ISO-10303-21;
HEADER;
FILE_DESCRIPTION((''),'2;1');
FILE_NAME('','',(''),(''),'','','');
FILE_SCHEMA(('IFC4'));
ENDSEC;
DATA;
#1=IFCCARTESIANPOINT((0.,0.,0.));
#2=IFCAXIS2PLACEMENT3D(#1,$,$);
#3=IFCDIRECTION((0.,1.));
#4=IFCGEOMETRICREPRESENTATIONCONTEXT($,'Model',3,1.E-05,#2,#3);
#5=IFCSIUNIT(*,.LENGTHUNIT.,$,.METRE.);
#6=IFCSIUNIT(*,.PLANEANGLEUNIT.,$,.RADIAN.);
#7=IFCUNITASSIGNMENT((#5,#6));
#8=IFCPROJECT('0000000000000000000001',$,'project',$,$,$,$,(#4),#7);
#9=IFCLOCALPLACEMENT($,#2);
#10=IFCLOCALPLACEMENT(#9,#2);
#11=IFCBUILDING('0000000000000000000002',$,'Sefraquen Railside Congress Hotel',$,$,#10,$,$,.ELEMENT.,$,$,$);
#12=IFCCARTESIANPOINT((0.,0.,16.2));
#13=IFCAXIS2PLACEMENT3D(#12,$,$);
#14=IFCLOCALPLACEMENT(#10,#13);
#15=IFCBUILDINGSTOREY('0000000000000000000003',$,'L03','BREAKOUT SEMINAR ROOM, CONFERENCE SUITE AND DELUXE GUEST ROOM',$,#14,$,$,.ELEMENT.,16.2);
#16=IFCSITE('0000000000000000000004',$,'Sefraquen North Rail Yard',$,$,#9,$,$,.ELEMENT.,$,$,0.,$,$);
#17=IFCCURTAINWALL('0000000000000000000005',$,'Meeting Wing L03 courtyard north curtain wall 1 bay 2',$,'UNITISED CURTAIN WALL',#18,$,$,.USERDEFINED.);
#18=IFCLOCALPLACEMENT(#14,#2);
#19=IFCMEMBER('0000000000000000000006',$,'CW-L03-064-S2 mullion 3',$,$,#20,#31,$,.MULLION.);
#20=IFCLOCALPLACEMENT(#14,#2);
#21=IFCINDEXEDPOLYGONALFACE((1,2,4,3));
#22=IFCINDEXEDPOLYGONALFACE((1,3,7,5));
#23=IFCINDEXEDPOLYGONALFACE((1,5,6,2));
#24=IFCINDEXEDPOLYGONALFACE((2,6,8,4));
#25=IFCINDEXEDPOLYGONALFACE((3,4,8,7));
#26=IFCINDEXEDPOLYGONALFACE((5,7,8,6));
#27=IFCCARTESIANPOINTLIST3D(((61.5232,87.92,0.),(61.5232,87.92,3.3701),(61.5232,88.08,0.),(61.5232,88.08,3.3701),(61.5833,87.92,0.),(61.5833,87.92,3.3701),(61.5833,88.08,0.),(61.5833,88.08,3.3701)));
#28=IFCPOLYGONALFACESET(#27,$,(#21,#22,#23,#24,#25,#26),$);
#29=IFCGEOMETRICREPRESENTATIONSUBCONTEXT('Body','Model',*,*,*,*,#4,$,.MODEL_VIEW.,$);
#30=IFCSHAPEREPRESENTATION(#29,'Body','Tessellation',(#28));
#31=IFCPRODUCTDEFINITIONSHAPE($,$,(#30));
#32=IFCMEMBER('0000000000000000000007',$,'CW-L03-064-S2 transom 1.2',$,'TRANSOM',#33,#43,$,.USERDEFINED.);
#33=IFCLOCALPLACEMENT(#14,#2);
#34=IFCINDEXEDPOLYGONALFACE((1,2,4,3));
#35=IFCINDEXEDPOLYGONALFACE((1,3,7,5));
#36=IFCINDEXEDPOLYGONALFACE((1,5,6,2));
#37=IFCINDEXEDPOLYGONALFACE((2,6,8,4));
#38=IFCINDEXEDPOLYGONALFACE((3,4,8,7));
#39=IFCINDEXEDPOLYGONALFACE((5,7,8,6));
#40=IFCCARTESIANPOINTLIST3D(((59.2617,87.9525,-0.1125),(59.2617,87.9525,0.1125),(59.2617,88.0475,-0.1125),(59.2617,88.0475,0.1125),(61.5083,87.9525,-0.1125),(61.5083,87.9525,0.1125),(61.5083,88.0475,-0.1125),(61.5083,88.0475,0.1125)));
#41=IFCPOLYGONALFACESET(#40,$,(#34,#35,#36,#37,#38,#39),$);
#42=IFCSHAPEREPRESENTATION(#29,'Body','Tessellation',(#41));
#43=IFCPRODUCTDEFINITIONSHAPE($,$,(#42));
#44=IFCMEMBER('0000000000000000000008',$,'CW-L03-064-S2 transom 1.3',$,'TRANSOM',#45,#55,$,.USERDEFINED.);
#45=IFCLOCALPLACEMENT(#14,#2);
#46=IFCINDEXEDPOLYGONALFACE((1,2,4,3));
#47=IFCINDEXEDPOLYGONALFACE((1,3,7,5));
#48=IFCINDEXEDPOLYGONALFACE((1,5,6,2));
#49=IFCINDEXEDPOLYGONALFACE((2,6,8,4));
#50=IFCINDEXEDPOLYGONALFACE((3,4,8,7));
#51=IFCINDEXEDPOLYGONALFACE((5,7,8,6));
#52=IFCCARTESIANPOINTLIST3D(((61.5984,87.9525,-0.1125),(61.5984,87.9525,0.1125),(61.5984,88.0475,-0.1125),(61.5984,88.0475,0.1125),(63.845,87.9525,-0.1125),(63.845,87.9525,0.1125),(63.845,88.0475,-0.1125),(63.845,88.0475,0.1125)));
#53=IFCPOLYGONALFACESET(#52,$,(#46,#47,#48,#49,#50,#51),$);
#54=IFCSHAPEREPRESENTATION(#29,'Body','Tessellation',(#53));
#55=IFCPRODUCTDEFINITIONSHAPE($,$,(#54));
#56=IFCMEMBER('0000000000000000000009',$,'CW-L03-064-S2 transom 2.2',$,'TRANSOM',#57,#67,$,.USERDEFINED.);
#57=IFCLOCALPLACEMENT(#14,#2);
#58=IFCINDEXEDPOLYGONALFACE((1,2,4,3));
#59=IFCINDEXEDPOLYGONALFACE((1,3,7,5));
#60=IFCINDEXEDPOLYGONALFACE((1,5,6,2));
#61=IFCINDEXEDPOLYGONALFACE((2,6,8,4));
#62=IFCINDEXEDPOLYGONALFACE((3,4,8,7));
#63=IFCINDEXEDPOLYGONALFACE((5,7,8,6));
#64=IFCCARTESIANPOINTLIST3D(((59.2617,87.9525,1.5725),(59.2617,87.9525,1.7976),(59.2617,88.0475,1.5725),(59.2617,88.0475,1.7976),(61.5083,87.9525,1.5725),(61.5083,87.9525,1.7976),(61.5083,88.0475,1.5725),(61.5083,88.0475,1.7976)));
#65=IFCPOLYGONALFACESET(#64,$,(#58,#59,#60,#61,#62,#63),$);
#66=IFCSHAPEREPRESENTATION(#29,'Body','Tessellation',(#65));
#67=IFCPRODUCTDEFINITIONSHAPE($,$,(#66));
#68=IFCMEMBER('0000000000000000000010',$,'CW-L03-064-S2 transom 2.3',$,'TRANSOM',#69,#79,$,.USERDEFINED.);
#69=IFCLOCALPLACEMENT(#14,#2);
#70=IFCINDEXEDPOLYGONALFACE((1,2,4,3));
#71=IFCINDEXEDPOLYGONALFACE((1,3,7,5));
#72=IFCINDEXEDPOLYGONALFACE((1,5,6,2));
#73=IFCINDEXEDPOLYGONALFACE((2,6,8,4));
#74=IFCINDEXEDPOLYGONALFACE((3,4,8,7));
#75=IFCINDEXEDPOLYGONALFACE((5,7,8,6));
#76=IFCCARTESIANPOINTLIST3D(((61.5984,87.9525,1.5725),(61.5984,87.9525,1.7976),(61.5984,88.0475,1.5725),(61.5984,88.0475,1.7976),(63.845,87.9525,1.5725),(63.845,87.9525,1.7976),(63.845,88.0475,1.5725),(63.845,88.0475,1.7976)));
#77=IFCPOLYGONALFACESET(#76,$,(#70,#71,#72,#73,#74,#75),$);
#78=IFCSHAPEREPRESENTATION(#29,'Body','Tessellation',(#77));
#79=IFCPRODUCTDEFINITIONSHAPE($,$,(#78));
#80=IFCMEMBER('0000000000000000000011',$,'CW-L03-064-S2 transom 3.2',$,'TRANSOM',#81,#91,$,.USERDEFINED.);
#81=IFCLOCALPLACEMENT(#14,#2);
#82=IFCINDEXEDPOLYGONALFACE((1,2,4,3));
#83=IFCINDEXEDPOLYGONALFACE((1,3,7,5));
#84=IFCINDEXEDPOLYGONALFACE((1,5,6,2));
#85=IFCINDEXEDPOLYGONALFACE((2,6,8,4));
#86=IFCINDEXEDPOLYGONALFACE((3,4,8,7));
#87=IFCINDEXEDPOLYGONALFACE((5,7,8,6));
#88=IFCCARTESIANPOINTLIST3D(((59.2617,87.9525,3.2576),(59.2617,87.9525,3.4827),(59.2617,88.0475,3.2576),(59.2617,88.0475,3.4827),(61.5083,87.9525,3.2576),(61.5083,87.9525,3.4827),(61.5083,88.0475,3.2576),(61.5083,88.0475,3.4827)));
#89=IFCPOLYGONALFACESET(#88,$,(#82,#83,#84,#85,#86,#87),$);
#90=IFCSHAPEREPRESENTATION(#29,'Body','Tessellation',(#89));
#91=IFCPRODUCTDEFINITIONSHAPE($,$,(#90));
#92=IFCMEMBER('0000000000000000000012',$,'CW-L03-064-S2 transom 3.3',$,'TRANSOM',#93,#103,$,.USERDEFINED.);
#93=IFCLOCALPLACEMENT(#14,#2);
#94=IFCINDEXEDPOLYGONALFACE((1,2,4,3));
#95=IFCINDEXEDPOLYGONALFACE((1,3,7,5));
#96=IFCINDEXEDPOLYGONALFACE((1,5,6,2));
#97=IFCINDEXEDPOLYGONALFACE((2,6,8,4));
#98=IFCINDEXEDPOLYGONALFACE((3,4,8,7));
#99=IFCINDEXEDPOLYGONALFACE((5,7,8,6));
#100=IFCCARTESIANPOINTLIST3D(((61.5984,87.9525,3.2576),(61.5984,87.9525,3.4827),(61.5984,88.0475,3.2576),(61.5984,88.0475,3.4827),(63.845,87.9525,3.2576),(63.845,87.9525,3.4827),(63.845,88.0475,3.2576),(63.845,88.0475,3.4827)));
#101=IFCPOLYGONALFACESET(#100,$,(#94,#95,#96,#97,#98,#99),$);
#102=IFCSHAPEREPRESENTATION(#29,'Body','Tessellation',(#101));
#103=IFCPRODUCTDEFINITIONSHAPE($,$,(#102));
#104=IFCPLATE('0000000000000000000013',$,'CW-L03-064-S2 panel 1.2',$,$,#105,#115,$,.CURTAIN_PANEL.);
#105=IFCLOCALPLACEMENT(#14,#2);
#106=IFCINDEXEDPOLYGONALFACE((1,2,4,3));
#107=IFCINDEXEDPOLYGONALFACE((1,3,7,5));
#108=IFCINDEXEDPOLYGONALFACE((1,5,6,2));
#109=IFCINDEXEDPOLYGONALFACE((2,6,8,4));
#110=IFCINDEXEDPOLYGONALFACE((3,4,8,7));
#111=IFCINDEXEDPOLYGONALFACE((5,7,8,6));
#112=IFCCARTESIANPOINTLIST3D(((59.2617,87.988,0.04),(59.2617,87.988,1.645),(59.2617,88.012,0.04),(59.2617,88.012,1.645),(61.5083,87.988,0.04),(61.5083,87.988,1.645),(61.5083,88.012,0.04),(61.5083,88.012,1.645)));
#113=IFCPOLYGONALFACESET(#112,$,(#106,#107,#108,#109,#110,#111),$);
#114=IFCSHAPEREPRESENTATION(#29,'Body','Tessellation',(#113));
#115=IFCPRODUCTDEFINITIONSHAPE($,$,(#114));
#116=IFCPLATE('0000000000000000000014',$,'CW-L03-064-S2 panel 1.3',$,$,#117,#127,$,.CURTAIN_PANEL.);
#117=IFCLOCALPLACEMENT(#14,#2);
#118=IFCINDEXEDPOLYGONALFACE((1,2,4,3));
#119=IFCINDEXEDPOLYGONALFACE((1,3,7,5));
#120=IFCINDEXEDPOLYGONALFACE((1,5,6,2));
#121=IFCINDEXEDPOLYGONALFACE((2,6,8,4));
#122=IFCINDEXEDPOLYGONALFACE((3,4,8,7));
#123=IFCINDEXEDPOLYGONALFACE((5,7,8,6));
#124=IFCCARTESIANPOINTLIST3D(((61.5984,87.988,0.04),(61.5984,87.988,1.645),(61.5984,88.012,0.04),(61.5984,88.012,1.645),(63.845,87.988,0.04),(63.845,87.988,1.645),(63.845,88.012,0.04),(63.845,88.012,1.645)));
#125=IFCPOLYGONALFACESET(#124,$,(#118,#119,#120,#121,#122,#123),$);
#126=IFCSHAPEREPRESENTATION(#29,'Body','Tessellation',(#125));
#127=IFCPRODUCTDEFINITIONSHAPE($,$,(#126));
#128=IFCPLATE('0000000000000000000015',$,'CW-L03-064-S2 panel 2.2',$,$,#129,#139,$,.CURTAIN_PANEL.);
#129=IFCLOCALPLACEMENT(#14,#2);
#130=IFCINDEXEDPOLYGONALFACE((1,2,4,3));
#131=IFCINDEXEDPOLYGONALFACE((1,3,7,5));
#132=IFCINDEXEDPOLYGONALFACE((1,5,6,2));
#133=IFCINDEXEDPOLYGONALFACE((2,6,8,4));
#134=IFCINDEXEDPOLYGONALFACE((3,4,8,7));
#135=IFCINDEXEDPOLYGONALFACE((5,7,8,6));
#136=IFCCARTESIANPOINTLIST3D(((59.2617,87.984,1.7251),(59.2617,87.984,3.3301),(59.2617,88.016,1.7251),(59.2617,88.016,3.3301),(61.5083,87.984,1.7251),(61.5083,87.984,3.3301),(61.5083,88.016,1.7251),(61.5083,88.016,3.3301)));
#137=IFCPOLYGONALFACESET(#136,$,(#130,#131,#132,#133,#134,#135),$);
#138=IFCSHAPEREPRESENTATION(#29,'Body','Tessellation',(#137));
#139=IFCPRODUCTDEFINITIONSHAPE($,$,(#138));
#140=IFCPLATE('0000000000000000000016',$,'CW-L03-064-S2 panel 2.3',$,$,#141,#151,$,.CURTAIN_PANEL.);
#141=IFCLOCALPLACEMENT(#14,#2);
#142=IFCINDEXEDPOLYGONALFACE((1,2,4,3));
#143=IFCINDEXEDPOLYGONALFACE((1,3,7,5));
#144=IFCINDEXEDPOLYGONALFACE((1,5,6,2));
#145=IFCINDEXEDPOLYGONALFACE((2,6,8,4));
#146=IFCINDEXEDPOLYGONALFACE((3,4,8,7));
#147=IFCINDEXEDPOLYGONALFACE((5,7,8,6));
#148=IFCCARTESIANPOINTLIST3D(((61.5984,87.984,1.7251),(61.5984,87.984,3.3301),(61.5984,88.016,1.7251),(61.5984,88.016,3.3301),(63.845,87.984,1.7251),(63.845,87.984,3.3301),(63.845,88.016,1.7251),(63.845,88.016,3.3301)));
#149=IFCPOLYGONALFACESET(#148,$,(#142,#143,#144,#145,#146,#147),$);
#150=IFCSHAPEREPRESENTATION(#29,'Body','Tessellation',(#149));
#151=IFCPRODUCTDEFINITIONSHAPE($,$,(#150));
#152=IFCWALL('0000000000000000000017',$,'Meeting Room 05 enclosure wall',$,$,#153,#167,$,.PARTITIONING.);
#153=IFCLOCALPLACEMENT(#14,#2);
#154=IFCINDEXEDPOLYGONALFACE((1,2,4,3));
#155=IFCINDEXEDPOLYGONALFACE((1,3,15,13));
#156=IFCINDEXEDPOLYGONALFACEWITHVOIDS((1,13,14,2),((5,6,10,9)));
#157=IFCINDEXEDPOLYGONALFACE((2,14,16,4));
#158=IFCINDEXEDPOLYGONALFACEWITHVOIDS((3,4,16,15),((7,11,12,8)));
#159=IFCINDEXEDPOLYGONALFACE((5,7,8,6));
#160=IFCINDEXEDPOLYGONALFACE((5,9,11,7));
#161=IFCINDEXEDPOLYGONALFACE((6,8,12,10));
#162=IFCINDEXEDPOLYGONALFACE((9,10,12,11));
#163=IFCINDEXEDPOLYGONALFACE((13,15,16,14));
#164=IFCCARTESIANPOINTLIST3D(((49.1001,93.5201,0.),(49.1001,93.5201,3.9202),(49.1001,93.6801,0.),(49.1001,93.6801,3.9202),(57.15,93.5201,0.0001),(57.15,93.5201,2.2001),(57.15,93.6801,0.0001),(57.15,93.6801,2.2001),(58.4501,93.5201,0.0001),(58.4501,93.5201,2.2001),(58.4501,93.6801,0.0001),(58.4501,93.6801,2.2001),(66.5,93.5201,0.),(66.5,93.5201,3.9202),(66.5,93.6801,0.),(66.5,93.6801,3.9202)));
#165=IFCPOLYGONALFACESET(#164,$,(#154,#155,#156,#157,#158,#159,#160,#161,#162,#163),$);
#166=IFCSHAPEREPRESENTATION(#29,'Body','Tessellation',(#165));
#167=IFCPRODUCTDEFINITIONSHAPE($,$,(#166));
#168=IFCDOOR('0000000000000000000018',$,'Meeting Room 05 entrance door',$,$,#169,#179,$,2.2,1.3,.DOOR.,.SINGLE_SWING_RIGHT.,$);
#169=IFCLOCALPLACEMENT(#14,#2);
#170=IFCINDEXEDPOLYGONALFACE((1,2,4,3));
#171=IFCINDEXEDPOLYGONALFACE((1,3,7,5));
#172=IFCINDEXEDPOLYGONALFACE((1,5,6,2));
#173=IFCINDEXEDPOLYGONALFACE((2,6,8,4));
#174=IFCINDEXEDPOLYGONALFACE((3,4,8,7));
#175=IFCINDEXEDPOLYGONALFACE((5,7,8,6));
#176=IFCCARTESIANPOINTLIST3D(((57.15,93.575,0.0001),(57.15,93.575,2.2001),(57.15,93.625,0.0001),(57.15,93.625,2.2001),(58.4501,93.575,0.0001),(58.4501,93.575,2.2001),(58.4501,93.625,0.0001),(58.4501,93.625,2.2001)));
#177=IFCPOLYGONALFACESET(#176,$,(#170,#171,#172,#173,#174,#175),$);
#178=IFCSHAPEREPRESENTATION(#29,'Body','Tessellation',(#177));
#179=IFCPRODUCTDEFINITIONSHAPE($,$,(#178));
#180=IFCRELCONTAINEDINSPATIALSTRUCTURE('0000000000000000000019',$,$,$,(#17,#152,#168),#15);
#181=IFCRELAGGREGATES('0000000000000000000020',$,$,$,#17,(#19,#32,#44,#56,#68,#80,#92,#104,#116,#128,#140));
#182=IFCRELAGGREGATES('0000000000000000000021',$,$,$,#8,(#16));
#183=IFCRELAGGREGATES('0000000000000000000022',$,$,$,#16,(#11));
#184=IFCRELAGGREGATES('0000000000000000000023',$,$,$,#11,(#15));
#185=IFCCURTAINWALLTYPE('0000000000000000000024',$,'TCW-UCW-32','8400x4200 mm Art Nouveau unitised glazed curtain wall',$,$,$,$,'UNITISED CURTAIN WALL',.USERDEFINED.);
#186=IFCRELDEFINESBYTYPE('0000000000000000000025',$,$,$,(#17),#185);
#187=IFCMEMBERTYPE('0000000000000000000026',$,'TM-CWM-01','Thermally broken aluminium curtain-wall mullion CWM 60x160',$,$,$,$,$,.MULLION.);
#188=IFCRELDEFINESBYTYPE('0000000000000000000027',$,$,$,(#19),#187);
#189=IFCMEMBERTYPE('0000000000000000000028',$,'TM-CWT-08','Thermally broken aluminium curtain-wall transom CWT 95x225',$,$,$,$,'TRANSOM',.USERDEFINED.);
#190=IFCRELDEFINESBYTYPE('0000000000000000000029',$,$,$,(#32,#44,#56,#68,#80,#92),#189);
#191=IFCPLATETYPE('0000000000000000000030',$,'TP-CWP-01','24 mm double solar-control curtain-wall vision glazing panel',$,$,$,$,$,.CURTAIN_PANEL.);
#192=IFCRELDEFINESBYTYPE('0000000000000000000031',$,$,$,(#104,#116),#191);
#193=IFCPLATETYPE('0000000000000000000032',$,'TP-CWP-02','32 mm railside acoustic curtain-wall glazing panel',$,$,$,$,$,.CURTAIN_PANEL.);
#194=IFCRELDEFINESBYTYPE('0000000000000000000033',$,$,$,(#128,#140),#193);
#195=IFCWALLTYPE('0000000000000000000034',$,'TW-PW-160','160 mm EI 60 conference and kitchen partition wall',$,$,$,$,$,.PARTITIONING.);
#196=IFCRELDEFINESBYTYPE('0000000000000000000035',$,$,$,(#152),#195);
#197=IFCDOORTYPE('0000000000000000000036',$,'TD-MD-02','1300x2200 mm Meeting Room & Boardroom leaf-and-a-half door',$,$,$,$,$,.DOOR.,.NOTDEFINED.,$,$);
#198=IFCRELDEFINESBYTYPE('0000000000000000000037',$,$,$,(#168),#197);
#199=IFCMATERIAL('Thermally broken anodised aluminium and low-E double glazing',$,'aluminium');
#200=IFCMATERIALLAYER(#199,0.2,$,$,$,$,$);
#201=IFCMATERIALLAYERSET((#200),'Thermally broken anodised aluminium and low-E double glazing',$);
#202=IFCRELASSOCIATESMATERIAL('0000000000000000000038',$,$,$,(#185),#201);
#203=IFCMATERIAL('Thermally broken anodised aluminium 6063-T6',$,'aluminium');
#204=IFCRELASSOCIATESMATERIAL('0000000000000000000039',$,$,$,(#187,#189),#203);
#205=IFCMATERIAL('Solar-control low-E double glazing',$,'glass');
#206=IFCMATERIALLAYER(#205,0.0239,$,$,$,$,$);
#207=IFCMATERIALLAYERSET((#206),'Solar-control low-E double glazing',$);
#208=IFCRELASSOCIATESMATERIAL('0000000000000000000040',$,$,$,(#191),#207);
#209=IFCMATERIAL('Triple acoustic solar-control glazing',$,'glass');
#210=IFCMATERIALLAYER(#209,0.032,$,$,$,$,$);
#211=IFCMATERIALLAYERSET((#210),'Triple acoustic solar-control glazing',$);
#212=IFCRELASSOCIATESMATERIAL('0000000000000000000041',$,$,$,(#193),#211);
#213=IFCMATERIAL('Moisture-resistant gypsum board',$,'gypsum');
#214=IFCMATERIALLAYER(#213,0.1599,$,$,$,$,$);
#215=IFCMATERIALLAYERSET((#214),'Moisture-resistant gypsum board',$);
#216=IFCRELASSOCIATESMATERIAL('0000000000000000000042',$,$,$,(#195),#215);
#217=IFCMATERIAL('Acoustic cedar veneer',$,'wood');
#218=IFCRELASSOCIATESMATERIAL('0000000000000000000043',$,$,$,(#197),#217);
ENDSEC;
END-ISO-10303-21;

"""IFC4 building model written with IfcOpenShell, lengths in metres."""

from ifc_helpers import new_model, si_unit, direction, frame, frame_2d, origin, origin_2d, place, context, subcontext, project, spatial, rectangle, extrude, material, layer, layer_set, material_profile, profile_set, type_object, element, fill, aggregate, save


model = new_model("IFC4")

# Units and contexts
model_context = context("Model", 3, precision=1e-05, world=origin(), true_north=direction((0.0, 1.0)))
body_context = subcontext(model_context, "Body", "Model", "MODEL_VIEW")
ifc_project = project(units=[si_unit("LENGTHUNIT", "METRE"), si_unit("PLANEANGLEUNIT", "RADIAN")], contexts=[model_context])

# Site, building, storey
site_placement = place(None, origin())
site = spatial("IfcSite", under=ifc_project, at=site_placement, Name="Sefraquen North Rail Yard", CompositionType="ELEMENT", RefElevation=0.0)
building_placement = place(site_placement, origin())
building = spatial("IfcBuilding", under=site, at=building_placement, Name="Sefraquen Railside Congress Hotel", CompositionType="ELEMENT")
storey_placement = place(building_placement, frame((0.0, 0.0, 16.2)))
storey = spatial("IfcBuildingStorey", under=building, at=storey_placement, Name="L03", Description="BREAKOUT SEMINAR ROOM, CONFERENCE SUITE AND DELUXE GUEST ROOM", CompositionType="ELEMENT", Elevation=16.2)

# Curtain wall, members, plates
ifc_material_1 = material(Name="Thermally broken anodised aluminium and low-E double glazing", Category="aluminium")
ifc_layer_1 = layer(ifc_material_1, 0.2)
ifc_layer_set_1 = layer_set([ifc_layer_1], Name="Thermally broken anodised aluminium and low-E double glazing")
curtain_wall_type = type_object("IfcCurtainWallType", Name="TCW-UCW-32", Description="8400x4200 mm Art Nouveau unitised glazed curtain wall", ElementType="UNITISED CURTAIN WALL", PredefinedType="USERDEFINED", material=ifc_layer_set_1)
curtain_wall_placement = place(storey_placement, origin())
curtain_wall = element("IfcCurtainWall", 1, at=curtain_wall_placement, inside=storey, type_object=curtain_wall_type, Name="Meeting Wing L03 courtyard north curtain wall 1 bay 2", ObjectType="UNITISED CURTAIN WALL", PredefinedType="USERDEFINED")
ifc_material_2 = material(Name="Thermally broken anodised aluminium 6063-T6", Category="aluminium")
ifc_material_profile_1 = material_profile(ifc_material_2, rectangle(XDim=0.0601, YDim=0.1599, at=origin_2d()), Name="CWM 60x160")
ifc_profile_set_1 = profile_set([ifc_material_profile_1], Name="Thermally broken anodised aluminium 6063-T6")
member_type_1 = type_object("IfcMemberType", Name="TM-CWM-01", Description="Thermally broken aluminium curtain-wall mullion CWM 60x160", PredefinedType="MULLION", material=ifc_profile_set_1)
member_1_placement = place(storey_placement, frame((61.5532, 88.0, 0.0), z_axis=(0.0, 0.0, 1.0), x_axis=(1.0, 0.0, 0.0)))
member_1 = element("IfcMember", 2, at=member_1_placement, type_object=member_type_1, Name="CW-L03-064-S2 mullion 3", PredefinedType="MULLION", context=body_context, shape_type="SweptSolid", body=[
    extrude(rectangle(XDim=0.0601, YDim=0.1599, at=origin_2d()), origin(), (0.0, 0.0, 1.0), 3.3701),
])
ifc_material_profile_2 = material_profile(ifc_material_2, rectangle(XDim=0.095, YDim=0.2251, at=origin_2d()), Name="CWT 95x225")
ifc_profile_set_2 = profile_set([ifc_material_profile_2], Name="Thermally broken anodised aluminium 6063-T6")
member_type_2 = type_object("IfcMemberType", Name="TM-CWT-08", Description="Thermally broken aluminium curtain-wall transom CWT 95x225", ElementType="TRANSOM", PredefinedType="USERDEFINED", material=ifc_profile_set_2)
member_2_placement = place(storey_placement, frame((59.2617, 88.0, 0.0), z_axis=(1.0, 0.0, 0.0), x_axis=(0.0, 1.0, 0.0)))
member_2 = element("IfcMember", 3, at=member_2_placement, type_object=member_type_2, Name="CW-L03-064-S2 transom 1.2", ObjectType="TRANSOM", PredefinedType="USERDEFINED", context=body_context, shape_type="SweptSolid", body=[
    extrude(rectangle(XDim=0.095, YDim=0.2251, at=origin_2d()), origin(), (0.0, 0.0, 1.0), 2.2466),
])
member_3_placement = place(storey_placement, frame((61.5984, 88.0, 0.0), z_axis=(1.0, 0.0, 0.0), x_axis=(0.0, 1.0, 0.0)))
member_3 = element("IfcMember", 4, at=member_3_placement, type_object=member_type_2, Name="CW-L03-064-S2 transom 1.3", ObjectType="TRANSOM", PredefinedType="USERDEFINED", context=body_context, shape_type="SweptSolid", body=[
    extrude(rectangle(XDim=0.095, YDim=0.2251, at=origin_2d()), origin(), (0.0, 0.0, 1.0), 2.2466),
])
member_4_placement = place(storey_placement, frame((59.2617, 88.0, 1.6851), z_axis=(1.0, 0.0, 0.0), x_axis=(0.0, 1.0, 0.0)))
member_4 = element("IfcMember", 5, at=member_4_placement, type_object=member_type_2, Name="CW-L03-064-S2 transom 2.2", ObjectType="TRANSOM", PredefinedType="USERDEFINED", context=body_context, shape_type="SweptSolid", body=[
    extrude(rectangle(XDim=0.095, YDim=0.2251, at=origin_2d()), origin(), (0.0, 0.0, 1.0), 2.2466),
])
member_5_placement = place(storey_placement, frame((61.5984, 88.0, 1.6851), z_axis=(1.0, 0.0, 0.0), x_axis=(0.0, 1.0, 0.0)))
member_5 = element("IfcMember", 6, at=member_5_placement, type_object=member_type_2, Name="CW-L03-064-S2 transom 2.3", ObjectType="TRANSOM", PredefinedType="USERDEFINED", context=body_context, shape_type="SweptSolid", body=[
    extrude(rectangle(XDim=0.095, YDim=0.2251, at=origin_2d()), origin(), (0.0, 0.0, 1.0), 2.2466),
])
member_6_placement = place(storey_placement, frame((59.2617, 88.0, 3.3701), z_axis=(1.0, 0.0, 0.0), x_axis=(0.0, 1.0, 0.0)))
member_6 = element("IfcMember", 7, at=member_6_placement, type_object=member_type_2, Name="CW-L03-064-S2 transom 3.2", ObjectType="TRANSOM", PredefinedType="USERDEFINED", context=body_context, shape_type="SweptSolid", body=[
    extrude(rectangle(XDim=0.095, YDim=0.2251, at=origin_2d()), origin(), (0.0, 0.0, 1.0), 2.2466),
])
member_7_placement = place(storey_placement, frame((61.5984, 88.0, 3.3701), z_axis=(1.0, 0.0, 0.0), x_axis=(0.0, 1.0, 0.0)))
member_7 = element("IfcMember", 8, at=member_7_placement, type_object=member_type_2, Name="CW-L03-064-S2 transom 3.3", ObjectType="TRANSOM", PredefinedType="USERDEFINED", context=body_context, shape_type="SweptSolid", body=[
    extrude(rectangle(XDim=0.095, YDim=0.2251, at=origin_2d()), origin(), (0.0, 0.0, 1.0), 2.2466),
])
ifc_material_3 = material(Name="Solar-control low-E double glazing", Category="glass")
ifc_layer_2 = layer(ifc_material_3, 0.0239)
ifc_layer_set_2 = layer_set([ifc_layer_2], Name="Solar-control low-E double glazing")
plate_type_1 = type_object("IfcPlateType", Name="TP-CWP-01", Description="24 mm double solar-control curtain-wall vision glazing panel", PredefinedType="CURTAIN_PANEL", material=ifc_layer_set_2)
plate_1_placement = place(storey_placement, frame((60.385, 88.0, 0.04), z_axis=(0.0, 0.0, 1.0), x_axis=(1.0, 0.0, 0.0)))
plate_1 = element("IfcPlate", 9, at=plate_1_placement, type_object=plate_type_1, Name="CW-L03-064-S2 panel 1.2", PredefinedType="CURTAIN_PANEL", context=body_context, shape_type="SweptSolid", body=[
    extrude(rectangle(XDim=2.2466, YDim=0.0239, at=origin_2d()), origin(), (0.0, 0.0, 1.0), 1.605),
])
plate_2_placement = place(storey_placement, frame((62.7217, 88.0, 0.04), z_axis=(0.0, 0.0, 1.0), x_axis=(1.0, 0.0, 0.0)))
plate_2 = element("IfcPlate", 10, at=plate_2_placement, type_object=plate_type_1, Name="CW-L03-064-S2 panel 1.3", PredefinedType="CURTAIN_PANEL", context=body_context, shape_type="SweptSolid", body=[
    extrude(rectangle(XDim=2.2466, YDim=0.0239, at=origin_2d()), origin(), (0.0, 0.0, 1.0), 1.605),
])
ifc_material_4 = material(Name="Triple acoustic solar-control glazing", Category="glass")
ifc_layer_3 = layer(ifc_material_4, 0.032)
ifc_layer_set_3 = layer_set([ifc_layer_3], Name="Triple acoustic solar-control glazing")
plate_type_2 = type_object("IfcPlateType", Name="TP-CWP-02", Description="32 mm railside acoustic curtain-wall glazing panel", PredefinedType="CURTAIN_PANEL", material=ifc_layer_set_3)
plate_3_placement = place(storey_placement, frame((60.385, 88.0, 1.7251), z_axis=(0.0, 0.0, 1.0), x_axis=(1.0, 0.0, 0.0)))
plate_3 = element("IfcPlate", 11, at=plate_3_placement, type_object=plate_type_2, Name="CW-L03-064-S2 panel 2.2", PredefinedType="CURTAIN_PANEL", context=body_context, shape_type="SweptSolid", body=[
    extrude(rectangle(XDim=2.2466, YDim=0.032, at=origin_2d()), origin(), (0.0, 0.0, 1.0), 1.605),
])
plate_4_placement = place(storey_placement, frame((62.7217, 88.0, 1.7251), z_axis=(0.0, 0.0, 1.0), x_axis=(1.0, 0.0, 0.0)))
plate_4 = element("IfcPlate", 12, at=plate_4_placement, type_object=plate_type_2, Name="CW-L03-064-S2 panel 2.3", PredefinedType="CURTAIN_PANEL", context=body_context, shape_type="SweptSolid", body=[
    extrude(rectangle(XDim=2.2466, YDim=0.032, at=origin_2d()), origin(), (0.0, 0.0, 1.0), 1.605),
])
aggregate(curtain_wall, [member_1, member_2, member_3, member_4, member_5, member_6, member_7, plate_1, plate_2, plate_3, plate_4])

# Wall, opening, door
ifc_material_5 = material(Name="Moisture-resistant gypsum board", Category="gypsum")
ifc_layer_4 = layer(ifc_material_5, 0.1599)
ifc_layer_set_4 = layer_set([ifc_layer_4], Name="Moisture-resistant gypsum board")
wall_type = type_object("IfcWallType", Name="TW-PW-160", Description="160 mm EI 60 conference and kitchen partition wall", PredefinedType="PARTITIONING", material=ifc_layer_set_4)
wall_placement = place(storey_placement, frame((49.1001, 93.6001, 0.0), z_axis=(0.0, 0.0, 1.0), x_axis=(1.0, 0.0, 0.0)))
wall = element("IfcWall", 13, at=wall_placement, inside=storey, type_object=wall_type, Name="Meeting Room 05 enclosure wall", PredefinedType="PARTITIONING", context=body_context, shape_type="SweptSolid", body=[
    extrude(rectangle(XDim=17.3999, YDim=0.1599, at=frame_2d((8.7, 0.0))), origin(), (0.0, 0.0, 1.0), 3.9202),
])
opening_placement = place(wall_placement, frame((8.05, 0.0, 0.0)))
opening = element("IfcOpeningElement", 14, at=opening_placement, cuts=wall, PredefinedType="OPENING", context=body_context, shape_type="SweptSolid", body=[
    extrude(rectangle(XDim=1.3, YDim=2.2, at=frame_2d((0.6499, 1.1001))), frame((0.0, 0.0898, 0.0), z_axis=(0.0, -1.0, 0.0), x_axis=(1.0, 0.0, 0.0)), (0.0, 0.0, 1.0), 0.1799),
])
ifc_material_6 = material(Name="Acoustic cedar veneer", Category="wood")
door_type = type_object("IfcDoorType", Name="TD-MD-02", Description="1300x2200 mm Meeting Room & Boardroom leaf-and-a-half door", OperationType="NOTDEFINED", PredefinedType="DOOR", material=ifc_material_6)
door_placement = place(opening_placement, origin())
door = element("IfcDoor", 15, at=door_placement, inside=storey, type_object=door_type, Name="Meeting Room 05 entrance door", OperationType="SINGLE_SWING_RIGHT", OverallHeight=2.2, OverallWidth=1.3, PredefinedType="DOOR", context=body_context, shape_type="SweptSolid", body=[
    extrude(rectangle(XDim=1.3, YDim=2.2, at=frame_2d((0.6499, 1.1001))), frame((0.0, 0.0249, 0.0), z_axis=(0.0, -1.0, 0.0), x_axis=(1.0, 0.0, 0.0)), (0.0, 0.0, 1.0), 0.05),
])
fill(opening, door)

save(model, "model.ifc")
